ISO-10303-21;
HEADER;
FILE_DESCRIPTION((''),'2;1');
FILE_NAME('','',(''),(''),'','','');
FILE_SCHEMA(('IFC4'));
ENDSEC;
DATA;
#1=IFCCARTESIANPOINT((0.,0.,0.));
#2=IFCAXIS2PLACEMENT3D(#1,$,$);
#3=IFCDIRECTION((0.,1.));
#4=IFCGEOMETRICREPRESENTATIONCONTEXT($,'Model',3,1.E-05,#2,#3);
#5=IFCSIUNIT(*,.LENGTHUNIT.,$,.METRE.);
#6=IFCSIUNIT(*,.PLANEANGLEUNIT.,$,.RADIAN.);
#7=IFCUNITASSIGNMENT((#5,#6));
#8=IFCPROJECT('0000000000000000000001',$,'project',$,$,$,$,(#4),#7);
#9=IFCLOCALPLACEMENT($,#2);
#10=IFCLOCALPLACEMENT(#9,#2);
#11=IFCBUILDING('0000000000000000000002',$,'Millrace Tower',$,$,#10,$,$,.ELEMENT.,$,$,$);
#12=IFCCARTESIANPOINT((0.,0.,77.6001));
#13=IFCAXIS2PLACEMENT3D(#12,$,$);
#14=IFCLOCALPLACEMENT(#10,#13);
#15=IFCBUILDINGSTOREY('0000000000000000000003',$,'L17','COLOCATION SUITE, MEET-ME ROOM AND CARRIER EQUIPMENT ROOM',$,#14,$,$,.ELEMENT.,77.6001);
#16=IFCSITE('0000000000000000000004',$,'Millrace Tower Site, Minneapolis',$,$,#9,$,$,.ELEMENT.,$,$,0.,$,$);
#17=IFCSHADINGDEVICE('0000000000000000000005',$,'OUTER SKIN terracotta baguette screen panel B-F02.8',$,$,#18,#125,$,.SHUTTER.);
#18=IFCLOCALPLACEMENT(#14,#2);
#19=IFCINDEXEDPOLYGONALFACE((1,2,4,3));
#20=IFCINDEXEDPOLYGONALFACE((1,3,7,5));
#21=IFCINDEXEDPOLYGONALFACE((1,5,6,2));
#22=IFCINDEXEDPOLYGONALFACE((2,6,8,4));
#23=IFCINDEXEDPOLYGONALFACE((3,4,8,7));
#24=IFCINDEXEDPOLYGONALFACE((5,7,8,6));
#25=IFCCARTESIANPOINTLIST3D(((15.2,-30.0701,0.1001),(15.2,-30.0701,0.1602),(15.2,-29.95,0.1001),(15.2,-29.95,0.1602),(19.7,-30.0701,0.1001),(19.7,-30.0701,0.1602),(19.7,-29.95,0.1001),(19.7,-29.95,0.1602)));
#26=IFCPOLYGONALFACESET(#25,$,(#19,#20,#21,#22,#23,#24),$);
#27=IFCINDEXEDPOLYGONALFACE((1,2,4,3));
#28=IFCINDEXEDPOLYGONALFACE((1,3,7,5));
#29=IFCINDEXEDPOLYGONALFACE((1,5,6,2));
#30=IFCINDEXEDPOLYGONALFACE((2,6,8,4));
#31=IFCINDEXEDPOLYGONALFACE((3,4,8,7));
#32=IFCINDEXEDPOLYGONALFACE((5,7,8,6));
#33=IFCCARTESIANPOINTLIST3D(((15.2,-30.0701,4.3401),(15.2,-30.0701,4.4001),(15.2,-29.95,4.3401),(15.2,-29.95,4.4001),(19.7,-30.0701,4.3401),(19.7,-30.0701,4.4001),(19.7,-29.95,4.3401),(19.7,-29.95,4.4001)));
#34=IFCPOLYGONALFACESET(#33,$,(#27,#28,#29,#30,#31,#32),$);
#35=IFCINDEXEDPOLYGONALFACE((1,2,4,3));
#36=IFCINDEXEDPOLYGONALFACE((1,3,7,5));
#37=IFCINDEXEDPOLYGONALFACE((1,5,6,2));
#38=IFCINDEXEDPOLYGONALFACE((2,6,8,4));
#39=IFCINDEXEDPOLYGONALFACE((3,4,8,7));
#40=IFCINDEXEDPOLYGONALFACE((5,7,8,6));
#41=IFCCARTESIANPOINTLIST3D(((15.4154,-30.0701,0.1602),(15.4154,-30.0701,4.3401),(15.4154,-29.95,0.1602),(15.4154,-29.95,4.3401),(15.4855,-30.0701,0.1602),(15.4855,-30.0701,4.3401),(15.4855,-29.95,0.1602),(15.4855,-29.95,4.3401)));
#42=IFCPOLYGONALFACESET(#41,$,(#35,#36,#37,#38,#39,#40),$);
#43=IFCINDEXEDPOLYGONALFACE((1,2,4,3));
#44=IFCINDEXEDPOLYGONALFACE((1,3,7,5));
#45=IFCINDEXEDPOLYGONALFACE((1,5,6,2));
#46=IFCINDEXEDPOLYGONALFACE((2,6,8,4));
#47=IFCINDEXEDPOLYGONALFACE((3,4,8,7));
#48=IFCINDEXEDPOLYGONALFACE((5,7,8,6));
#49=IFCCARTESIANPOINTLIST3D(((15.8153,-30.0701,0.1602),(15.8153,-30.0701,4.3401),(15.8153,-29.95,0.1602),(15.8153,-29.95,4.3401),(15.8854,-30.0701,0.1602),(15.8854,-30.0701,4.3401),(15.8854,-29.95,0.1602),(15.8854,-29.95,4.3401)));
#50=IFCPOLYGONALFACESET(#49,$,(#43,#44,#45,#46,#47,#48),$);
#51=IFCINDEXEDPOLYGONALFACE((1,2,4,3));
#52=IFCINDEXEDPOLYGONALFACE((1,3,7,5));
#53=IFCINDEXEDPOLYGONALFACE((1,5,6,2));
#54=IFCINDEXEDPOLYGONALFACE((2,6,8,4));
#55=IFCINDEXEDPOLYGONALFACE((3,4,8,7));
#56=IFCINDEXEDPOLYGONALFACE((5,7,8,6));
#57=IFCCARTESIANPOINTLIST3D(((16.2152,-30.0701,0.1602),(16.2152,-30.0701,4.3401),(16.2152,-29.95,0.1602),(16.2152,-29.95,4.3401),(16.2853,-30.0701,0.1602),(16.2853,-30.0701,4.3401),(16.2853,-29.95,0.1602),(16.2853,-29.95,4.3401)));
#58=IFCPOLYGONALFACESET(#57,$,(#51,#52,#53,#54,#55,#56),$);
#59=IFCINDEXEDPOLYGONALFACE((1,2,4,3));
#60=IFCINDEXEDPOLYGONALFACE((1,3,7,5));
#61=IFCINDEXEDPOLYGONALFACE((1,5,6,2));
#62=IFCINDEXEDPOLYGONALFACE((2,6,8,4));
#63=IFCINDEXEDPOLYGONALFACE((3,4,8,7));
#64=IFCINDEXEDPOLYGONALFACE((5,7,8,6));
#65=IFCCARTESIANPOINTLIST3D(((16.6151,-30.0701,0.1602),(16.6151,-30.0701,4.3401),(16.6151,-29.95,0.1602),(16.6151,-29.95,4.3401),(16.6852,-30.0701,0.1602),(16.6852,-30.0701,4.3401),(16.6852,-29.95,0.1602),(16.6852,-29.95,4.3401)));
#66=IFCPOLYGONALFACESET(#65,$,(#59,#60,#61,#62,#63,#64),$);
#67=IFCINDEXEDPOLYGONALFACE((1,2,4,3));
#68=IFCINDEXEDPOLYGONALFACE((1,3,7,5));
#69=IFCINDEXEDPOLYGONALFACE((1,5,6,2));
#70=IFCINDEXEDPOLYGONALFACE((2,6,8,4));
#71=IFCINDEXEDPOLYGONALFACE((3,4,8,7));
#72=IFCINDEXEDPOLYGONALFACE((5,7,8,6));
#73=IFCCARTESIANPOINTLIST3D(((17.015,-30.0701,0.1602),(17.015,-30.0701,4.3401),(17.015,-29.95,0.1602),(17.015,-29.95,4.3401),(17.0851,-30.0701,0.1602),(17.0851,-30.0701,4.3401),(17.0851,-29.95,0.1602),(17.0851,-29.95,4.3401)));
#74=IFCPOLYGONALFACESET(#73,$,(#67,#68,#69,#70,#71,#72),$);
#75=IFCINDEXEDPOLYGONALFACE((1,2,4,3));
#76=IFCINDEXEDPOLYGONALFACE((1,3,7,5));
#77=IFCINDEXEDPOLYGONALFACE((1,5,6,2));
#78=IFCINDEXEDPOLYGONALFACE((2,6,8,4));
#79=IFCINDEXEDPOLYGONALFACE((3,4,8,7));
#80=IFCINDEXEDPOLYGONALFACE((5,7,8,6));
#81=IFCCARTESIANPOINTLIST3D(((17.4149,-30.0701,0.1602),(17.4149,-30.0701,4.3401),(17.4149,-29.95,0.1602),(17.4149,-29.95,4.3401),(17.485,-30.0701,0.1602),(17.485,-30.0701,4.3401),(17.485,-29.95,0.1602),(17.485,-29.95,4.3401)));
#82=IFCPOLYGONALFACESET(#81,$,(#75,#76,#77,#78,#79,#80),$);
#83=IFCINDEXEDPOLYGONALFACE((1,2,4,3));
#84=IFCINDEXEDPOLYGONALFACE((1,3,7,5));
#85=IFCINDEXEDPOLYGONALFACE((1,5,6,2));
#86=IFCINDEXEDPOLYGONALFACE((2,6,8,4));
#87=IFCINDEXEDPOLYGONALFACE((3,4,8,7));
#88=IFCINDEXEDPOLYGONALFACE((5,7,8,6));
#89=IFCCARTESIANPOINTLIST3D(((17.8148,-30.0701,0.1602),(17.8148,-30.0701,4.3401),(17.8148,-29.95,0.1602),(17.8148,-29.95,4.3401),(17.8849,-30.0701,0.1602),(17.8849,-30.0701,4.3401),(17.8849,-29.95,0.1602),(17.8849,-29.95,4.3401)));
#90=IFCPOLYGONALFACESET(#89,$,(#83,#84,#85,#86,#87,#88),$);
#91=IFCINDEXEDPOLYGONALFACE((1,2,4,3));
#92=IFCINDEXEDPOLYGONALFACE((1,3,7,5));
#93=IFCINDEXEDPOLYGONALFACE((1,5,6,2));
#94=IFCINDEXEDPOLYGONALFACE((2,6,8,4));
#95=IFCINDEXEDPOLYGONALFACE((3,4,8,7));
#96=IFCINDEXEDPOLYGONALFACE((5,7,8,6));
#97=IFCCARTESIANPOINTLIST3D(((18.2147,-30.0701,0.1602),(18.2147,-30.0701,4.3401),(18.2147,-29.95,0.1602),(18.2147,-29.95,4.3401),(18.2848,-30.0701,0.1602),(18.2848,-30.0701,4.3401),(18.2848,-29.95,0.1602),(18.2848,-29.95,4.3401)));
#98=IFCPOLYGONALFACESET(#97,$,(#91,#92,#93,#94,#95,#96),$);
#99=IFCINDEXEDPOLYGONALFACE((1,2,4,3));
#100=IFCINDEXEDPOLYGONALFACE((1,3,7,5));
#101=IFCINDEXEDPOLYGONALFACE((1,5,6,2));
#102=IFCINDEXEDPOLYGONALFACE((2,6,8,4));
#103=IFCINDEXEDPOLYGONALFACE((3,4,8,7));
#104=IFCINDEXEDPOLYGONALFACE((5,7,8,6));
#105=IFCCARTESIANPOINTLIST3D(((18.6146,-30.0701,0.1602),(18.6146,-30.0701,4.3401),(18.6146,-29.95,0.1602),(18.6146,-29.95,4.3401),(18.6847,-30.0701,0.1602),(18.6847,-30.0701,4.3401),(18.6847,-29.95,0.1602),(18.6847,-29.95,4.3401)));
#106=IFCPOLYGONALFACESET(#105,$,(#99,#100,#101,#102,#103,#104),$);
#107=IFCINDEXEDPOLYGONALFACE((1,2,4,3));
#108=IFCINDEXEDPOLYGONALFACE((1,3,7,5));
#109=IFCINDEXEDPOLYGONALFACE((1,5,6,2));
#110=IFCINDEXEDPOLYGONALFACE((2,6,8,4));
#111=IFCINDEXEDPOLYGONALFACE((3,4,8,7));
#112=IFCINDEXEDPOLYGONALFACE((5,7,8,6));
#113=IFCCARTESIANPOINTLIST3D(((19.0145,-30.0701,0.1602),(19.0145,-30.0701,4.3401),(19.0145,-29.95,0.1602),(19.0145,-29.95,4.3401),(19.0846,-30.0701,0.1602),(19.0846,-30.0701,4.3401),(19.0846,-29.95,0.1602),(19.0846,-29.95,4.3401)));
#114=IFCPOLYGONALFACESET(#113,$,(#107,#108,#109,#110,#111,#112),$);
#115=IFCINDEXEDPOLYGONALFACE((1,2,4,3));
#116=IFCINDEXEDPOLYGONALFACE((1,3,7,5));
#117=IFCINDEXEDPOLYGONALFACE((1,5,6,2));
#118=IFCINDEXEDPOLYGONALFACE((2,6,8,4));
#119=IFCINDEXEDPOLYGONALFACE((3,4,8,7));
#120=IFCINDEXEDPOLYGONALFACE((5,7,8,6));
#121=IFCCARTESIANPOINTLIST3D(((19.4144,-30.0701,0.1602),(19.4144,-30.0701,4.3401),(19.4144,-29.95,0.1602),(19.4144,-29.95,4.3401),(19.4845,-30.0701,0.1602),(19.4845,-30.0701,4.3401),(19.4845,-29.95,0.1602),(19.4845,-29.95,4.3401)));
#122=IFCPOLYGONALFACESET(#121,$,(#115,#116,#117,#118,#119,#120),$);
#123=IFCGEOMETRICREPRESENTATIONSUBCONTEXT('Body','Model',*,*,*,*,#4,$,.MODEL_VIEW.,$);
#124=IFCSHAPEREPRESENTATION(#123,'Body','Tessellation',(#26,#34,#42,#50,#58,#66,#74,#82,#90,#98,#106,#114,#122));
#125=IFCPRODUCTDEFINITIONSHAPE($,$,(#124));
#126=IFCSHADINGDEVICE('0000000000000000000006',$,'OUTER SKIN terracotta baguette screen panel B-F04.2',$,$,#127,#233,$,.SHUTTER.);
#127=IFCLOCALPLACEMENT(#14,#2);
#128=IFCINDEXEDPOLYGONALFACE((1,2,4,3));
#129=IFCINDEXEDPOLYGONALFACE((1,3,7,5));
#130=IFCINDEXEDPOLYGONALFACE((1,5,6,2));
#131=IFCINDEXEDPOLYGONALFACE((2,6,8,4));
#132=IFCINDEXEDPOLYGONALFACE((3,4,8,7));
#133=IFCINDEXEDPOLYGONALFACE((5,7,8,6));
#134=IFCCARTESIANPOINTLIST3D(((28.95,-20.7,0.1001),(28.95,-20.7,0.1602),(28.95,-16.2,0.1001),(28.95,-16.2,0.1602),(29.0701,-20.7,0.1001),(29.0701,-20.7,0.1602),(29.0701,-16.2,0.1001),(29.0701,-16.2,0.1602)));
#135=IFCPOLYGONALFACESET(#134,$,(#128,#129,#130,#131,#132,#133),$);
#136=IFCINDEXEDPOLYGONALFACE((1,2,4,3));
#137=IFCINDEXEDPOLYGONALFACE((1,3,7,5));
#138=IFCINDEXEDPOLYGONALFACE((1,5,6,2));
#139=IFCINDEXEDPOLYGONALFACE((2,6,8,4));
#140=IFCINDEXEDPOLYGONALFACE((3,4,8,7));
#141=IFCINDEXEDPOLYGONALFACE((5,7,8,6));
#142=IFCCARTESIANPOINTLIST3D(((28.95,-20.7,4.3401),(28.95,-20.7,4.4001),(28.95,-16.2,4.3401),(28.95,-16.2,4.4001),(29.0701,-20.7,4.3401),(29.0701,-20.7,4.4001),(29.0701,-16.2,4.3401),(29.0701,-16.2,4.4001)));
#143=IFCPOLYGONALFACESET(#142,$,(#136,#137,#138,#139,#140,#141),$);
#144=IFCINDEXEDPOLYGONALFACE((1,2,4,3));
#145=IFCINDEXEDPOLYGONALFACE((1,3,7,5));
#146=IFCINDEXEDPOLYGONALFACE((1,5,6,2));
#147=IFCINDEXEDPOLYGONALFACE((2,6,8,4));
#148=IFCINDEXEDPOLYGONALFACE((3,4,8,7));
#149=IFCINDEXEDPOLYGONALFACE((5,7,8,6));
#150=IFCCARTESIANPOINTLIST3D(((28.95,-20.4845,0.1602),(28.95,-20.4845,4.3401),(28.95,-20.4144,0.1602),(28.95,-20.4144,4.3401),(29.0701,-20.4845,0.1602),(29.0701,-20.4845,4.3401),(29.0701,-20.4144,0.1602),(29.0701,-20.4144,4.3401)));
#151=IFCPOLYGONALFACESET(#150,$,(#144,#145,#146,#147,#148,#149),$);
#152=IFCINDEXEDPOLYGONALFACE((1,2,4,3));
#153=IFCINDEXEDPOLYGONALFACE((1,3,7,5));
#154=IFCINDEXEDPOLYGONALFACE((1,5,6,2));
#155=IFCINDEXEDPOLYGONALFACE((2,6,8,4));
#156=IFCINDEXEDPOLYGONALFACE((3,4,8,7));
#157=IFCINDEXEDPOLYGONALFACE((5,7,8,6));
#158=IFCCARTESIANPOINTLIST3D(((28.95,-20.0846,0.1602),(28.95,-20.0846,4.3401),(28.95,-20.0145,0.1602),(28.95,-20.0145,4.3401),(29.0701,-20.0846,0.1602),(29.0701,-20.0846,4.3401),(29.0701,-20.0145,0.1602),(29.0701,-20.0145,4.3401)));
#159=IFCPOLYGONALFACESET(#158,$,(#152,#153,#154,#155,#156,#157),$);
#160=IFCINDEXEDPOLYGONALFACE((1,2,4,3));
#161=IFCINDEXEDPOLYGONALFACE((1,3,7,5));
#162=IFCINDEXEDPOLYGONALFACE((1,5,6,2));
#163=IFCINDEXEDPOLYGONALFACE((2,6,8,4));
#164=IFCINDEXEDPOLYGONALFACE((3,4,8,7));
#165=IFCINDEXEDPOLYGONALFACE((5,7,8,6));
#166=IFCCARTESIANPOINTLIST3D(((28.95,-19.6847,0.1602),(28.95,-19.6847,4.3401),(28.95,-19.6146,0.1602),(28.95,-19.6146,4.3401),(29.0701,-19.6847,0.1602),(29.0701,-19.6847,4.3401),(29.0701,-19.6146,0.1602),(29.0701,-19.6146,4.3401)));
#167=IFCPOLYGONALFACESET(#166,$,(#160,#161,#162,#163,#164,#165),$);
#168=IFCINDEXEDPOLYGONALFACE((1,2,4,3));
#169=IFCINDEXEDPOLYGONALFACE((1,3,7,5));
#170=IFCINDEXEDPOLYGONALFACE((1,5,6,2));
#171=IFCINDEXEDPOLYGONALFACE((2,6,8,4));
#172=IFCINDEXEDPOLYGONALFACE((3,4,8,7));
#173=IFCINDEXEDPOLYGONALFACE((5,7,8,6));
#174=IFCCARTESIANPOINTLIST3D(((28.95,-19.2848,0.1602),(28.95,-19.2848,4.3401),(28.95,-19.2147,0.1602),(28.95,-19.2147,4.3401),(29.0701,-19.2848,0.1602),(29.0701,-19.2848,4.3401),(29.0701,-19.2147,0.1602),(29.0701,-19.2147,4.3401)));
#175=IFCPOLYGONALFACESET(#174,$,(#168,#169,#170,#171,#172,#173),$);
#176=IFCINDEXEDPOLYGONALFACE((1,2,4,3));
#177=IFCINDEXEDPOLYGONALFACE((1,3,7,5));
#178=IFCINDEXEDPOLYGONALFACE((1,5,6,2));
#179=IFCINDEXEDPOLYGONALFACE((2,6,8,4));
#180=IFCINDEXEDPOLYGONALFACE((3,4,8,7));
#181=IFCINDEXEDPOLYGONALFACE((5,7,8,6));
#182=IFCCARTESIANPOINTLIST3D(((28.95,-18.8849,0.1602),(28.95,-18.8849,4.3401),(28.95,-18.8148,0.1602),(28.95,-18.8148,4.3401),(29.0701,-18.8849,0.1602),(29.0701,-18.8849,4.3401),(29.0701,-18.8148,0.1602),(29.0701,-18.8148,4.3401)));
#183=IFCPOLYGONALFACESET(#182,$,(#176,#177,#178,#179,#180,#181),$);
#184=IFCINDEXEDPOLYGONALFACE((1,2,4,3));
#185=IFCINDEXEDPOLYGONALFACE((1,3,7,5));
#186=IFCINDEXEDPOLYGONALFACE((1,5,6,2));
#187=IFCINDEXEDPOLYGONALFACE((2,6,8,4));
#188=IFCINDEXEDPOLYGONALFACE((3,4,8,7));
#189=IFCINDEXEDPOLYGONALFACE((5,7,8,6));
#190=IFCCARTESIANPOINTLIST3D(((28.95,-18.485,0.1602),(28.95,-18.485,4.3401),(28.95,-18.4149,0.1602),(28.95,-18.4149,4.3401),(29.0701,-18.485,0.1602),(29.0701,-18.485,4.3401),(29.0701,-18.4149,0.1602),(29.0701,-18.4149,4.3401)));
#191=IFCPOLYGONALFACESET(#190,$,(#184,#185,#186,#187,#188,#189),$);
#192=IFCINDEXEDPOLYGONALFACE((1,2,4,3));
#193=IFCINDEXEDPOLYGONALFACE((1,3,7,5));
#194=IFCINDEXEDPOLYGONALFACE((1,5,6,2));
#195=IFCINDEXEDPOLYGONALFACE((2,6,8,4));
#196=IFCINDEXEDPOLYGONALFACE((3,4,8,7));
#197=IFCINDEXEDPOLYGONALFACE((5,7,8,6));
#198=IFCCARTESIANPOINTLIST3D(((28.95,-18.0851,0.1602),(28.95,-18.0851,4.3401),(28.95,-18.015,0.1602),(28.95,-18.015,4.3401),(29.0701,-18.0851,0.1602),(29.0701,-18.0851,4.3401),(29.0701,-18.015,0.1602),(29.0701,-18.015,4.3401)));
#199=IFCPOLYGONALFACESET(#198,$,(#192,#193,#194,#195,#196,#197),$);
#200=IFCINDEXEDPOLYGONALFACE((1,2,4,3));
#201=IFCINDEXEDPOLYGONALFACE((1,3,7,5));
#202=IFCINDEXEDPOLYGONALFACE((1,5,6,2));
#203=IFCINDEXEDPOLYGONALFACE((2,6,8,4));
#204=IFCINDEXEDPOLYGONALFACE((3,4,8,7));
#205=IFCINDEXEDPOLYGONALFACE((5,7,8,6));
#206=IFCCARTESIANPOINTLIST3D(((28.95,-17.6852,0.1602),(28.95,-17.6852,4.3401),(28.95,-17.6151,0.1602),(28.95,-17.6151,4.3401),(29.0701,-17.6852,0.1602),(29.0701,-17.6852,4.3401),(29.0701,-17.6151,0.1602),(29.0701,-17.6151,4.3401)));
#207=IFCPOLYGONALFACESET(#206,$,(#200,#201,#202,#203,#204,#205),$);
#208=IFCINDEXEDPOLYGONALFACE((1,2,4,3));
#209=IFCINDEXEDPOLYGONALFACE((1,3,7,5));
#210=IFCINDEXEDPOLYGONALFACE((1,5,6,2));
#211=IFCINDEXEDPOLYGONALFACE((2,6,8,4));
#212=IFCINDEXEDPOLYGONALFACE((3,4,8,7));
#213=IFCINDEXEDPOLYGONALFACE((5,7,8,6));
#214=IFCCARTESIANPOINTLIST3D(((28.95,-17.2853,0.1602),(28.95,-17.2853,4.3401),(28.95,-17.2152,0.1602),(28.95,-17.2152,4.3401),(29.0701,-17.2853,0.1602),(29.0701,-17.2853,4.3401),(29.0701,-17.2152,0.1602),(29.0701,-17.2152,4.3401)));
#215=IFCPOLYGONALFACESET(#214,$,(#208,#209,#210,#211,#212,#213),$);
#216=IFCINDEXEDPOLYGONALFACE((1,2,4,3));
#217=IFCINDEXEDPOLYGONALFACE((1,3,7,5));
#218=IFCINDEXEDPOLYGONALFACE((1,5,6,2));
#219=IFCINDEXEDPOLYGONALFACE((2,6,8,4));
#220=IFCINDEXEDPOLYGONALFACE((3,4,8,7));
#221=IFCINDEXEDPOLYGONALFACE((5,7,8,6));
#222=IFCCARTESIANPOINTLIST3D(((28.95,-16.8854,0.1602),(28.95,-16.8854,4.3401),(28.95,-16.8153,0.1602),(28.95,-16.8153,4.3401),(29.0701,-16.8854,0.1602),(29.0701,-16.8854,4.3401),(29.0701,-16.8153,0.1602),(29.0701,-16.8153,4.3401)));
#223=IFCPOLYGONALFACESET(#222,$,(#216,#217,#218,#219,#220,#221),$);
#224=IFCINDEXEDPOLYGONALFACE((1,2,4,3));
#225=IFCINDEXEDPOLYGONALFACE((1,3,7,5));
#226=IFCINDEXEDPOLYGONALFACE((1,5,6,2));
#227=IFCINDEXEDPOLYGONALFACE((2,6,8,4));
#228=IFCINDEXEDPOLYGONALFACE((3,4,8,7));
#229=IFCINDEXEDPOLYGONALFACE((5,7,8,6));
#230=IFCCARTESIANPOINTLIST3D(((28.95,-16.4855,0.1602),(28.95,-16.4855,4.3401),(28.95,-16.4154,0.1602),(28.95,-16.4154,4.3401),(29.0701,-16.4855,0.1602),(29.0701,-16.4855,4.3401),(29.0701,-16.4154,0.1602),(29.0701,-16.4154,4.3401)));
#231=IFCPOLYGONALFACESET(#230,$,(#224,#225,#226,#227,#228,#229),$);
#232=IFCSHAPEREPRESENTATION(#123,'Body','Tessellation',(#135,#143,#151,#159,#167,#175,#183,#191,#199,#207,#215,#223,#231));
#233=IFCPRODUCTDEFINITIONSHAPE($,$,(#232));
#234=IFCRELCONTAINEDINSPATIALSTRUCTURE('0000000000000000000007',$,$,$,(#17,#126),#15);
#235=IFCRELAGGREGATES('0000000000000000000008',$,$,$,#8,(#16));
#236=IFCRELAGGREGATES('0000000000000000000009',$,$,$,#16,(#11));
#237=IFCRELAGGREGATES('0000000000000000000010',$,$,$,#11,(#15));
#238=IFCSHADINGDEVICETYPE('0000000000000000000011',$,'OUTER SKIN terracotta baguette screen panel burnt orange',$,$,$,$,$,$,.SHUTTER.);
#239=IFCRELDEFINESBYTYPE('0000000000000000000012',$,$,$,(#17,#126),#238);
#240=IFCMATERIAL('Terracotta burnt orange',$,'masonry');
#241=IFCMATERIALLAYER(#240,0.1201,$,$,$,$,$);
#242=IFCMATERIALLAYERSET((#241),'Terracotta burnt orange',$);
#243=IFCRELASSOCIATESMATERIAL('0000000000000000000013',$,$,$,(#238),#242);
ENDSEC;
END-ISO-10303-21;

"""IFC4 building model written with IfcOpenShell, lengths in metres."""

from ifc_helpers import new_model, entity, si_unit, direction, frame, frame_2d, origin, origin_2d, place, context, subcontext, project, spatial, rectangle, extrude, source, transform, mapped, material, layer, layer_set, type_object, element, save


model = new_model("IFC4")

# Units and contexts
model_context = context("Model", 3, precision=1e-05, world=origin(), true_north=direction((0.0, 1.0)))
body_context = subcontext(model_context, "Body", "Model", "MODEL_VIEW")
ifc_project = project(units=[si_unit("LENGTHUNIT", "METRE"), si_unit("PLANEANGLEUNIT", "RADIAN")], contexts=[model_context])

# Site, building, storey
site_placement = place(None, origin())
site = spatial("IfcSite", under=ifc_project, at=site_placement, Name="Millrace Tower Site, Minneapolis", CompositionType="ELEMENT", RefElevation=0.0)
building_placement = place(site_placement, origin())
building = spatial("IfcBuilding", under=site, at=building_placement, Name="Millrace Tower", CompositionType="ELEMENT")
storey_placement = place(building_placement, frame((0.0, 0.0, 77.6001)))
storey = spatial("IfcBuildingStorey", under=building, at=storey_placement, Name="L17", Description="COLOCATION SUITE, MEET-ME ROOM AND CARRIER EQUIPMENT ROOM", CompositionType="ELEMENT", Elevation=77.6001)

# Shading devices
ifc_material_1 = material(Name="Terracotta burnt orange", Category="masonry")
ifc_layer_1 = layer(ifc_material_1, 0.1201)
ifc_layer_set_1 = layer_set([ifc_layer_1], Name="Terracotta burnt orange")
shading_device_type = type_object("IfcShadingDeviceType", Name="OUTER SKIN terracotta baguette screen panel burnt orange", PredefinedType="SHUTTER", material=ifc_layer_set_1)
cartesian_point_1 = entity("IfcCartesianPoint", [-2.25, 0.0601])
shared_polyline_1 = entity("IfcPolyline", [cartesian_point_1, entity("IfcCartesianPoint", [2.25, 0.0601]), entity("IfcCartesianPoint", [2.25, -0.0601]), entity("IfcCartesianPoint", [-2.25, -0.0601]), cartesian_point_1])
shared_shape_1 = source(origin(), body_context, "Body", "SweptSolid", [
    entity("IfcExtrudedAreaSolid", entity("IfcArbitraryClosedProfileDef", "AREA", None, shared_polyline_1), entity("IfcAxis2Placement3D", entity("IfcCartesianPoint", [0.0, 0.0, 0.0])), entity("IfcDirection", [0.0, 0.0, 1.0]), 0.0601),
    entity("IfcExtrudedAreaSolid", entity("IfcArbitraryClosedProfileDef", "AREA", None, shared_polyline_1), entity("IfcAxis2Placement3D", entity("IfcCartesianPoint", [0.0, 0.0, 4.24])), entity("IfcDirection", [0.0, 0.0, 1.0]), 0.0601),
    extrude(rectangle(XDim=0.0701, YDim=0.1201, at=frame_2d((-1.9995, 0.0))), frame((0.0, 0.0, 0.0601)), (0.0, 0.0, 1.0), 4.1799),
    extrude(rectangle(XDim=0.0701, YDim=0.1201, at=frame_2d((-1.5996, 0.0))), frame((0.0, 0.0, 0.0601)), (0.0, 0.0, 1.0), 4.1799),
    extrude(rectangle(XDim=0.0701, YDim=0.1201, at=frame_2d((-1.1997, 0.0))), frame((0.0, 0.0, 0.0601)), (0.0, 0.0, 1.0), 4.1799),
    extrude(rectangle(XDim=0.0701, YDim=0.1201, at=frame_2d((-0.7998, 0.0))), frame((0.0, 0.0, 0.0601)), (0.0, 0.0, 1.0), 4.1799),
    extrude(rectangle(XDim=0.0701, YDim=0.1201, at=frame_2d((-0.3999, 0.0))), frame((0.0, 0.0, 0.0601)), (0.0, 0.0, 1.0), 4.1799),
    extrude(rectangle(XDim=0.0701, YDim=0.1201, at=origin_2d()), frame((0.0, 0.0, 0.0601)), (0.0, 0.0, 1.0), 4.1799),
    extrude(rectangle(XDim=0.0701, YDim=0.1201, at=frame_2d((0.3999, 0.0))), frame((0.0, 0.0, 0.0601)), (0.0, 0.0, 1.0), 4.1799),
    extrude(rectangle(XDim=0.0701, YDim=0.1201, at=frame_2d((0.7998, 0.0))), frame((0.0, 0.0, 0.0601)), (0.0, 0.0, 1.0), 4.1799),
    extrude(rectangle(XDim=0.0701, YDim=0.1201, at=frame_2d((1.1997, 0.0))), frame((0.0, 0.0, 0.0601)), (0.0, 0.0, 1.0), 4.1799),
    extrude(rectangle(XDim=0.0701, YDim=0.1201, at=frame_2d((1.5996, 0.0))), frame((0.0, 0.0, 0.0601)), (0.0, 0.0, 1.0), 4.1799),
    extrude(rectangle(XDim=0.0701, YDim=0.1201, at=frame_2d((1.9995, 0.0))), frame((0.0, 0.0, 0.0601)), (0.0, 0.0, 1.0), 4.1799),
])
for number, where, z_axis, x_axis, name in (
    (1, (17.45, -30.01, 0.1001), (0.0, 0.0, 1.0), (1.0, 0.0, 0.0), "OUTER SKIN terracotta baguette screen panel B-F02.8"),
    (2, (29.01, -18.45, 0.1001), (0.0, 0.0, 1.0), (0.0, 1.0, 0.0), "OUTER SKIN terracotta baguette screen panel B-F04.2"),
):
    element("IfcShadingDevice", number, at=place(storey_placement, frame(where, z_axis=z_axis, x_axis=x_axis)), inside=storey, type_object=shading_device_type, Name=name, PredefinedType="SHUTTER", context=body_context, shape_type="MappedRepresentation", body=[
        mapped(shared_shape_1, transform((0.0, 0.0, 0.0), scale=1.0)),
    ])

save(model, "model.ifc")
